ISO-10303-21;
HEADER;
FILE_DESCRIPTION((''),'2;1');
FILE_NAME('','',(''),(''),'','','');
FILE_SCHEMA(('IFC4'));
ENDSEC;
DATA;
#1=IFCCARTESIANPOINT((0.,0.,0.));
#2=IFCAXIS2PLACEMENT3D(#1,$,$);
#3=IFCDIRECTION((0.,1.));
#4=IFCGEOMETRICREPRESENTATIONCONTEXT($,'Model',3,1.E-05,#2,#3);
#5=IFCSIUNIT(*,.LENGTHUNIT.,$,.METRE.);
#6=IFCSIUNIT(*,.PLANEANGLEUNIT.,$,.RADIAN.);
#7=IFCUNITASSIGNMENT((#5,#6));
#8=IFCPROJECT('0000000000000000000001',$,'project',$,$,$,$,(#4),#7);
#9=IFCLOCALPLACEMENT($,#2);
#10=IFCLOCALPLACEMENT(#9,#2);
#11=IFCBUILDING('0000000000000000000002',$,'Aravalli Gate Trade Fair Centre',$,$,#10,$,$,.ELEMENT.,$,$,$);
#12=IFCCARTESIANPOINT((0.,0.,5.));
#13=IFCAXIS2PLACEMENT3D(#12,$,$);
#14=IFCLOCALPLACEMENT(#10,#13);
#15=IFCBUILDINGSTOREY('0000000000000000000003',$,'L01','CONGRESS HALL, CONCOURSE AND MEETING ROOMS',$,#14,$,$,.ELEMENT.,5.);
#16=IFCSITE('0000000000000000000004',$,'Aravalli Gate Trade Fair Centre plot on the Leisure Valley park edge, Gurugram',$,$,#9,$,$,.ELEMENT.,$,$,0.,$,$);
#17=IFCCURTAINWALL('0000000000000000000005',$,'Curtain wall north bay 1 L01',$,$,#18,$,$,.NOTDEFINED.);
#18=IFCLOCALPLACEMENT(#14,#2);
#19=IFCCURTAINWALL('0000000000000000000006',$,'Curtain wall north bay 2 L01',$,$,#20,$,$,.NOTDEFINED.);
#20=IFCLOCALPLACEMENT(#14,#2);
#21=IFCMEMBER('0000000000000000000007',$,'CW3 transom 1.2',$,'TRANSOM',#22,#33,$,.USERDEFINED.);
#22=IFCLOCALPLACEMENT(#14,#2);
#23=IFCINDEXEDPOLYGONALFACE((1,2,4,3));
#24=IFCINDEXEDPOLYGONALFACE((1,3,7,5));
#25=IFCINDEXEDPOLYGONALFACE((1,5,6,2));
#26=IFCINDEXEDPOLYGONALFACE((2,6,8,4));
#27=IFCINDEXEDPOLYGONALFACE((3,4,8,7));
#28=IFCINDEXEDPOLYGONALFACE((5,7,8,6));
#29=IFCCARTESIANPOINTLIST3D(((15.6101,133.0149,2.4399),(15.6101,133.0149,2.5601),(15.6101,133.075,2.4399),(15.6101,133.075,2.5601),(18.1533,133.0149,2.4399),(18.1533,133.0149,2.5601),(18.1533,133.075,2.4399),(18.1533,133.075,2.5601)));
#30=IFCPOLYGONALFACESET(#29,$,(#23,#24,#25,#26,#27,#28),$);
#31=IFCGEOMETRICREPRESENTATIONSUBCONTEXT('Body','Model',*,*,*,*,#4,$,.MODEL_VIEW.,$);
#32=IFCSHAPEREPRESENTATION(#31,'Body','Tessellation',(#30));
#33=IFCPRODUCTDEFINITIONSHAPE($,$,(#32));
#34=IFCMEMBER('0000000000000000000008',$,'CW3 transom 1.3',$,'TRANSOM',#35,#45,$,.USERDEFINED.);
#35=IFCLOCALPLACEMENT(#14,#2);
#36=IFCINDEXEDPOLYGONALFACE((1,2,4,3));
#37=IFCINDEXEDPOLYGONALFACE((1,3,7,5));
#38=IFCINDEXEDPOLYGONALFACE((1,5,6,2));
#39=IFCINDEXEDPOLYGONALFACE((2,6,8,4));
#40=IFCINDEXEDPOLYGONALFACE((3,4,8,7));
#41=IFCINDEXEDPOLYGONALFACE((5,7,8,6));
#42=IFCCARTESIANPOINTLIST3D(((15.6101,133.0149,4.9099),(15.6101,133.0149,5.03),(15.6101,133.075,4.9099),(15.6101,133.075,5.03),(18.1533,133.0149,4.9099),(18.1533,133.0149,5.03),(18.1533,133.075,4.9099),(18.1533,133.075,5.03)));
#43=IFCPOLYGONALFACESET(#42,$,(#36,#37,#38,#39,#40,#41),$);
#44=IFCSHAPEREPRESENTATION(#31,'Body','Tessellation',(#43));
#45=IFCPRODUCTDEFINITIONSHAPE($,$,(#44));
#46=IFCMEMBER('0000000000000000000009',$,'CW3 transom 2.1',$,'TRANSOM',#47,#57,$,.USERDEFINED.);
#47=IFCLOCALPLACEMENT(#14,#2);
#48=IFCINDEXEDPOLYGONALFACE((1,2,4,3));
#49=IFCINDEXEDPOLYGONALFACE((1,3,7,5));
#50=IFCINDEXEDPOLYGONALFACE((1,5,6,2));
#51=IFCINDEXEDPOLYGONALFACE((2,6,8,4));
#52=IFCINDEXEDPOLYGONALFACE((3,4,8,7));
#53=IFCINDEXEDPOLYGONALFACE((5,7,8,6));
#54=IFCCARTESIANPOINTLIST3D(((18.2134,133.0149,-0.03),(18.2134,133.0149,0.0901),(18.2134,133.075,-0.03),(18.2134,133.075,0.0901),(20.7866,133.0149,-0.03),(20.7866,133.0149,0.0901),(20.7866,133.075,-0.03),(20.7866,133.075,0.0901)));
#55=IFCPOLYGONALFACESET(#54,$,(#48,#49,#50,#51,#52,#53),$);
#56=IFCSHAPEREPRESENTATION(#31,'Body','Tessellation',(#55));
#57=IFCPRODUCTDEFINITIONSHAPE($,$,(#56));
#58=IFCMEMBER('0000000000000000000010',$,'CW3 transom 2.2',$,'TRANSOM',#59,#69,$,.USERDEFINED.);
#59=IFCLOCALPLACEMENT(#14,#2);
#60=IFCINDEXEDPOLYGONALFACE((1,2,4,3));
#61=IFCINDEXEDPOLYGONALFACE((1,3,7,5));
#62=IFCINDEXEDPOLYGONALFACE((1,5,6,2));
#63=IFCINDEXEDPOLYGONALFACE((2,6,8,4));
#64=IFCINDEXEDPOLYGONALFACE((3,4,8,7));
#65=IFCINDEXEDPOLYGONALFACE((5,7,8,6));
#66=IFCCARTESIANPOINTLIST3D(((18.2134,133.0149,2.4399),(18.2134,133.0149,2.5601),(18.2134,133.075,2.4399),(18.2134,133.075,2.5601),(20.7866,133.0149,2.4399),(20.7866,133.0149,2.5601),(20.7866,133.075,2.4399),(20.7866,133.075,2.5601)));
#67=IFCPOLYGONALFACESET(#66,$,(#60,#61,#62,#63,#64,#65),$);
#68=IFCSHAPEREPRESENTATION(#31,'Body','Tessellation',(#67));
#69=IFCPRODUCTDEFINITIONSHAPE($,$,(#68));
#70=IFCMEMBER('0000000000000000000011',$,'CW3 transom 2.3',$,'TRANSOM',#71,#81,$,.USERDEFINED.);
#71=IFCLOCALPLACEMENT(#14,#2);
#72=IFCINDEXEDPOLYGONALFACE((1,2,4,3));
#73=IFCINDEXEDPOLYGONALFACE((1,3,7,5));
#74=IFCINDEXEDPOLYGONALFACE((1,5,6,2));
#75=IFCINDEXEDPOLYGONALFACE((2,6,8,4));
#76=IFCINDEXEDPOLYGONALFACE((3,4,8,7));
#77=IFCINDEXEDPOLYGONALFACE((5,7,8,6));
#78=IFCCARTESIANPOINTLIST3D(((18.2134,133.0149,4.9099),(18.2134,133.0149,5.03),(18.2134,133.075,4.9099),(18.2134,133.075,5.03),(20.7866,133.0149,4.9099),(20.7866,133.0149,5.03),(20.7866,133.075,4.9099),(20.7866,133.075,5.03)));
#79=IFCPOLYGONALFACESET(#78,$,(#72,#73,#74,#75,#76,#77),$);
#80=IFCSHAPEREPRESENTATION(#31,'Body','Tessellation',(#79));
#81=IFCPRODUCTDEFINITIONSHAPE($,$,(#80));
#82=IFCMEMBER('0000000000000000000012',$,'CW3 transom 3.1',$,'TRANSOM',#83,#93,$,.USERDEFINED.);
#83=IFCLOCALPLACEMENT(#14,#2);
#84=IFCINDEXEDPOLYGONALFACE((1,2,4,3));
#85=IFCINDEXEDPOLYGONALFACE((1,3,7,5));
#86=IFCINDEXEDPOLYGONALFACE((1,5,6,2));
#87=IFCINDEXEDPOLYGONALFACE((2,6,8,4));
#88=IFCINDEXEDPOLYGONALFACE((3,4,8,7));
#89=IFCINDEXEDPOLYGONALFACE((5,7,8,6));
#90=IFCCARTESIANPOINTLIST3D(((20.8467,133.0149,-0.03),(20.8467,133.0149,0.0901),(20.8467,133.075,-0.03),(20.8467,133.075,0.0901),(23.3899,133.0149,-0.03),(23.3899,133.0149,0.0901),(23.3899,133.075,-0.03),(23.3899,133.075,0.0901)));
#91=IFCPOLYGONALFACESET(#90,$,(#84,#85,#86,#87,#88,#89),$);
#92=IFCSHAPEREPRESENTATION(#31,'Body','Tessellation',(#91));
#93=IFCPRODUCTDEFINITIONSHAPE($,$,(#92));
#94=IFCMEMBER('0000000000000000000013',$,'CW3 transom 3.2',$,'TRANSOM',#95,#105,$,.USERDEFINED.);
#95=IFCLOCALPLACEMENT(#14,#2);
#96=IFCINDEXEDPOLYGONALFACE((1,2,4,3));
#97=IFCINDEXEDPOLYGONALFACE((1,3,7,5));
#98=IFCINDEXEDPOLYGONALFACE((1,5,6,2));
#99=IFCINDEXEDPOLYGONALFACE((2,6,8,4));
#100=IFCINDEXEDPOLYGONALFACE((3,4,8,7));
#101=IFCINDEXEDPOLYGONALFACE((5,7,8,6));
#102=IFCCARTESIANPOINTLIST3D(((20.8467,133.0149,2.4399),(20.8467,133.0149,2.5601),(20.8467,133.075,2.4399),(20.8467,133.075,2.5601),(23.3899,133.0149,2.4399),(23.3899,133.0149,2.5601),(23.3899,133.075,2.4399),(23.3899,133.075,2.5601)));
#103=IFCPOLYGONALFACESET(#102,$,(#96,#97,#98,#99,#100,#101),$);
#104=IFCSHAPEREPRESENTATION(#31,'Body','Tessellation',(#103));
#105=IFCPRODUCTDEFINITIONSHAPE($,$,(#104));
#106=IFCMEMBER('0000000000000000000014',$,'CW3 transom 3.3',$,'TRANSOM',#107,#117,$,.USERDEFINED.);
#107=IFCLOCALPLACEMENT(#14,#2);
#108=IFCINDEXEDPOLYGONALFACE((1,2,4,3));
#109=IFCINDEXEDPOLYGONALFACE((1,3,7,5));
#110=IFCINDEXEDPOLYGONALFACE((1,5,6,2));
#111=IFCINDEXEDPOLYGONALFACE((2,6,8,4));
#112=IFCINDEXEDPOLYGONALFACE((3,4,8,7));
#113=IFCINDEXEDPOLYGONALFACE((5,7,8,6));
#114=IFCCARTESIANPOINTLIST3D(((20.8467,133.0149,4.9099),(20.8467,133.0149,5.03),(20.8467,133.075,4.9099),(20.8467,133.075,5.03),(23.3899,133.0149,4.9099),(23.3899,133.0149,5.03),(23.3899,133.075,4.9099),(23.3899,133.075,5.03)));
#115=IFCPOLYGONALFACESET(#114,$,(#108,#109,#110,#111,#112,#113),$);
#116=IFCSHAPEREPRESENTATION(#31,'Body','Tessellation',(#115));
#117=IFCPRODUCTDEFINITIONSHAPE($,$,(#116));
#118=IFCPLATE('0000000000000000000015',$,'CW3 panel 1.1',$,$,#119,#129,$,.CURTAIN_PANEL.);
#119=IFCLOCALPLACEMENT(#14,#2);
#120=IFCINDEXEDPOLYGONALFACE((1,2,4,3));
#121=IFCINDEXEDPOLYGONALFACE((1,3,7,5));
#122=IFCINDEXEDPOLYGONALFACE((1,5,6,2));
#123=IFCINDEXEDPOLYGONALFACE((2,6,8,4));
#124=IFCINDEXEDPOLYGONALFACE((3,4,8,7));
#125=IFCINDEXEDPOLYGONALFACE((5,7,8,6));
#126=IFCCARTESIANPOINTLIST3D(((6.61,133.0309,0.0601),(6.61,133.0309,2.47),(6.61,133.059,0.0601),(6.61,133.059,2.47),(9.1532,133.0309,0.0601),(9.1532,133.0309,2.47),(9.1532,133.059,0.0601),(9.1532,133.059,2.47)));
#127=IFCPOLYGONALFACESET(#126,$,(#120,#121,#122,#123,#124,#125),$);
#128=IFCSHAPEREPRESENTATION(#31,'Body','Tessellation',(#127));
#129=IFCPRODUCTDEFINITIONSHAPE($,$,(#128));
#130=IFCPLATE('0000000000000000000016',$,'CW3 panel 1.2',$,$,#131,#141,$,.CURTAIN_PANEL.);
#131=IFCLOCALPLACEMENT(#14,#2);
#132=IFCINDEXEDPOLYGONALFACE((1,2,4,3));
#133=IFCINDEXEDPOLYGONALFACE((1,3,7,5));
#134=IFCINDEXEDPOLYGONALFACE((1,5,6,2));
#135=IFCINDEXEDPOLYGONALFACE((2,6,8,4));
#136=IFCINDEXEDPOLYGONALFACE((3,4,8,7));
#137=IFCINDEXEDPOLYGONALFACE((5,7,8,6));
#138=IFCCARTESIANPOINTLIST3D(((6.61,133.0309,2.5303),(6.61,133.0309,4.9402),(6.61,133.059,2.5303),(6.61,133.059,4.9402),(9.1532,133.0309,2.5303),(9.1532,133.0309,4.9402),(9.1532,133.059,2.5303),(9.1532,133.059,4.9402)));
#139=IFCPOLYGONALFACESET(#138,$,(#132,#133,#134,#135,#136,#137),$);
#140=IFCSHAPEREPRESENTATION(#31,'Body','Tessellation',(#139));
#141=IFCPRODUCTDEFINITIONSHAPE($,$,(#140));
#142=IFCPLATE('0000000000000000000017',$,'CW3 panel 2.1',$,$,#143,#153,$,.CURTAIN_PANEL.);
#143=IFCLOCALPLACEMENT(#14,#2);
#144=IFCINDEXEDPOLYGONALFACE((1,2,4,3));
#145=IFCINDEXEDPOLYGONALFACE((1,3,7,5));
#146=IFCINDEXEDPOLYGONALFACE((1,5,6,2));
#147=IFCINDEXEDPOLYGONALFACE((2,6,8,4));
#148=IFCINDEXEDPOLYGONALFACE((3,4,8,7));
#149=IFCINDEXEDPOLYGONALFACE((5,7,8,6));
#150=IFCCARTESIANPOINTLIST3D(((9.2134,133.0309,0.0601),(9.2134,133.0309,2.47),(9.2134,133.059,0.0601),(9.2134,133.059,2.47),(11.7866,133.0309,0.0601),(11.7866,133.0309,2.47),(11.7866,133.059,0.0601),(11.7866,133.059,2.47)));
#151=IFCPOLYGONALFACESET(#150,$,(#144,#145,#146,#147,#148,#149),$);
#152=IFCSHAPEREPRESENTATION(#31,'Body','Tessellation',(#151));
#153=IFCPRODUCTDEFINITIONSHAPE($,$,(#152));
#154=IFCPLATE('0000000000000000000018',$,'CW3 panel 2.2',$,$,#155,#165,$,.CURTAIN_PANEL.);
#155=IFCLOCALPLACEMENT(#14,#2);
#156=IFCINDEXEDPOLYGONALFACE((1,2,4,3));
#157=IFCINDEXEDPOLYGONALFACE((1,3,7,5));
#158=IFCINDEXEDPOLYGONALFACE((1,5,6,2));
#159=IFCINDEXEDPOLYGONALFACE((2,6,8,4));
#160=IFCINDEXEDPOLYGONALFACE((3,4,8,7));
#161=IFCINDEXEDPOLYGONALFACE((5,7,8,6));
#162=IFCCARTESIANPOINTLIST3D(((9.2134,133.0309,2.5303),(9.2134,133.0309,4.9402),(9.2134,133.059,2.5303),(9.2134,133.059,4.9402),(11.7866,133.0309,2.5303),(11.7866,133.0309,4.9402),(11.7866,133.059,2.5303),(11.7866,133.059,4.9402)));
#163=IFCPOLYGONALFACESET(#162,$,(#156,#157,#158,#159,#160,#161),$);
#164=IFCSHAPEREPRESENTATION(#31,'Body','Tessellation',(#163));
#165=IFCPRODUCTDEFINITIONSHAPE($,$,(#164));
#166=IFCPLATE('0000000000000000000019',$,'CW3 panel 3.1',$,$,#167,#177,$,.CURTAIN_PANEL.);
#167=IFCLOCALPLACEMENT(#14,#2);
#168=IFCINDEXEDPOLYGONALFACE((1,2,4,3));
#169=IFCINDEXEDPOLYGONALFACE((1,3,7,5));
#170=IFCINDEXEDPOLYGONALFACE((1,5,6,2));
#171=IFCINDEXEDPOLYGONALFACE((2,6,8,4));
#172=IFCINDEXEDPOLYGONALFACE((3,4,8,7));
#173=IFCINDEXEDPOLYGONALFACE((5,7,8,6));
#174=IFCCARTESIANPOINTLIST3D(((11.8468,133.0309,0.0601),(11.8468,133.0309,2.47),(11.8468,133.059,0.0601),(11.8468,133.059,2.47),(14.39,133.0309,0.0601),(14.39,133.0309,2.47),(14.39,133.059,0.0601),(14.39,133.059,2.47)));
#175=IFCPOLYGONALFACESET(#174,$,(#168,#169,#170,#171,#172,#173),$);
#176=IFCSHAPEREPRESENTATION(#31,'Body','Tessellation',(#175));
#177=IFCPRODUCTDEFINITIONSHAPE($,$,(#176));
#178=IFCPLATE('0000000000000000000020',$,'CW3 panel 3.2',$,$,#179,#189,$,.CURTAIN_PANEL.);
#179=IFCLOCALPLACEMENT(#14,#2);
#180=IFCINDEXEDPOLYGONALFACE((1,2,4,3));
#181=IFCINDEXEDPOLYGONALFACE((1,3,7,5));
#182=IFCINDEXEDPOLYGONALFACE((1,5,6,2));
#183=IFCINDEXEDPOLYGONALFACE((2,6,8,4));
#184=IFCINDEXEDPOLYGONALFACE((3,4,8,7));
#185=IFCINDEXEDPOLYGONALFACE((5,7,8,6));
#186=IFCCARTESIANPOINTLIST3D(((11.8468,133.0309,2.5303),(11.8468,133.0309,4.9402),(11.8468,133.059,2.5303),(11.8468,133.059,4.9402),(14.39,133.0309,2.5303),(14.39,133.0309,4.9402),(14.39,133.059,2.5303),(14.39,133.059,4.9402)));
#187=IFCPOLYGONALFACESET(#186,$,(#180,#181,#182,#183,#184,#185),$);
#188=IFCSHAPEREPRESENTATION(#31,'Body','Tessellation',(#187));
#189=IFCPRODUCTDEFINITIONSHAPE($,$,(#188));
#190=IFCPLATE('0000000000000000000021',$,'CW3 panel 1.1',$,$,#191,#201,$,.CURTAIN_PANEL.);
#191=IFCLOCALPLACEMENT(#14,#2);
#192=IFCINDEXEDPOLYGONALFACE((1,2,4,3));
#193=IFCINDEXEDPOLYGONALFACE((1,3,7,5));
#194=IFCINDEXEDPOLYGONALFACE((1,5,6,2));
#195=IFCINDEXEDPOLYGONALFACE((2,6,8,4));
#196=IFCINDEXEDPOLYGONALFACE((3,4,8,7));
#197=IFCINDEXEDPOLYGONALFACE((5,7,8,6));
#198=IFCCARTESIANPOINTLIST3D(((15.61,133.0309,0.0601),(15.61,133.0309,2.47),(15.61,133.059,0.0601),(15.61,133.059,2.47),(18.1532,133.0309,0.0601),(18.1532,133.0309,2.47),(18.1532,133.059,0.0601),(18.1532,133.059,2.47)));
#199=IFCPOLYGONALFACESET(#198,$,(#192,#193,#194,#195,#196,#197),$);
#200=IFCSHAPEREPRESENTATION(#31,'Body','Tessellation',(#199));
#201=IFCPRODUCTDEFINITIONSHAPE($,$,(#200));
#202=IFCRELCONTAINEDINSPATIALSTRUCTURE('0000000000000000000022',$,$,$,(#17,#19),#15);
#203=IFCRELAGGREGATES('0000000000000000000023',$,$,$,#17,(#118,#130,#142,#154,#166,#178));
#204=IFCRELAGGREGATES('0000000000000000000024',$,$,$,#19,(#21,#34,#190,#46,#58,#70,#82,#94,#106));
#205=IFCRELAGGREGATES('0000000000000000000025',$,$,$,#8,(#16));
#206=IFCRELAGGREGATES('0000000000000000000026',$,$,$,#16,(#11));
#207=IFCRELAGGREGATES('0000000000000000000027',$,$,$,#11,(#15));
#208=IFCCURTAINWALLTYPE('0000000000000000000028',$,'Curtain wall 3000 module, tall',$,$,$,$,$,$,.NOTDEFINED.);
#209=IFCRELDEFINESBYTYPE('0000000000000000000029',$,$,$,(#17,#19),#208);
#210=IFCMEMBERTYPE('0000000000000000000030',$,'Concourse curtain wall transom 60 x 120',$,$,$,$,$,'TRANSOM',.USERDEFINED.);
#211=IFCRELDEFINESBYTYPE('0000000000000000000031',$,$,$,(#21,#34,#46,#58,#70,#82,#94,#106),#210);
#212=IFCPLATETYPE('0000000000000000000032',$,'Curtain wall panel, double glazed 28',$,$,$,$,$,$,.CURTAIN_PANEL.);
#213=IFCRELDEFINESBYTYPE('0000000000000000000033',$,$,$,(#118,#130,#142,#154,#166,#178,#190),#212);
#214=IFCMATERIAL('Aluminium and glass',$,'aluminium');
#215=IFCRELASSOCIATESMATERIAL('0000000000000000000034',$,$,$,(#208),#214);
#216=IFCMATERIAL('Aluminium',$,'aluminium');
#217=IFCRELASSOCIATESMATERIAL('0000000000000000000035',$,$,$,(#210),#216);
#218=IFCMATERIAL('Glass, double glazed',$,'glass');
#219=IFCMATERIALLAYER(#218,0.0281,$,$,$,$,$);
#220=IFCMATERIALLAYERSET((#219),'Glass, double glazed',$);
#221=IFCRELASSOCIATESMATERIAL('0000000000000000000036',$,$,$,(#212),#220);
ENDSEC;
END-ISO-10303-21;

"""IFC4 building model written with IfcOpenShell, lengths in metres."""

from ifc_helpers import new_model, si_unit, direction, frame, origin, origin_2d, place, context, subcontext, project, spatial, rectangle, extrude, material, layer, layer_set, material_profile, profile_set, type_object, element, aggregate, save


model = new_model("IFC4")

# Units and contexts
model_context = context("Model", 3, precision=1e-05, world=origin(), true_north=direction((0.0, 1.0)))
body_context = subcontext(model_context, "Body", "Model", "MODEL_VIEW")
ifc_project = project(units=[si_unit("LENGTHUNIT", "METRE"), si_unit("PLANEANGLEUNIT", "RADIAN")], contexts=[model_context])

# Site, building, storey
site_placement = place(None, origin())
site = spatial("IfcSite", under=ifc_project, at=site_placement, Name="Aravalli Gate Trade Fair Centre plot on the Leisure Valley park edge, Gurugram", CompositionType="ELEMENT", RefElevation=0.0)
building_placement = place(site_placement, origin())
building = spatial("IfcBuilding", under=site, at=building_placement, Name="Aravalli Gate Trade Fair Centre", CompositionType="ELEMENT")
storey_placement = place(building_placement, frame((0.0, 0.0, 5.0)))
storey = spatial("IfcBuildingStorey", under=building, at=storey_placement, Name="L01", Description="CONGRESS HALL, CONCOURSE AND MEETING ROOMS", CompositionType="ELEMENT", Elevation=5.0)

# Curtain walls
ifc_material_1 = material(Name="Aluminium and glass", Category="aluminium")
curtain_wall_type = type_object("IfcCurtainWallType", Name="Curtain wall 3000 module, tall", PredefinedType="NOTDEFINED", material=ifc_material_1)
curtain_wall_1_placement = place(storey_placement, origin())
curtain_wall_1 = element("IfcCurtainWall", 1, at=curtain_wall_1_placement, inside=storey, type_object=curtain_wall_type, Name="Curtain wall north bay 1 L01", PredefinedType="NOTDEFINED")
ifc_material_2 = material(Name="Aluminium", Category="aluminium")
curtain_wall_2_placement = place(storey_placement, origin())
curtain_wall_2 = element("IfcCurtainWall", 2, at=curtain_wall_2_placement, inside=storey, type_object=curtain_wall_type, Name="Curtain wall north bay 2 L01", PredefinedType="NOTDEFINED")

# Members
ifc_material_profile_1 = material_profile(ifc_material_2, rectangle(XDim=0.0601, YDim=0.1201, at=origin_2d()), Name="Concourse curtain wall transom 60 x 120")
ifc_profile_set_1 = profile_set([ifc_material_profile_1], Name="Aluminium")
member_type_1 = type_object("IfcMemberType", Name="Concourse curtain wall transom 60 x 120", ElementType="TRANSOM", PredefinedType="USERDEFINED", material=ifc_profile_set_1)
member_1_placement = place(storey_placement, frame((15.6101, 133.0449, 2.5), z_axis=(1.0, 0.0, 0.0), x_axis=(0.0, 1.0, 0.0)))
member_1 = element("IfcMember", 3, at=member_1_placement, type_object=member_type_1, Name="CW3 transom 1.2", ObjectType="TRANSOM", PredefinedType="USERDEFINED", context=body_context, shape_type="SweptSolid", body=[
    extrude(rectangle(XDim=0.0601, YDim=0.1201, at=origin_2d()), origin(), (0.0, 0.0, 1.0), 2.5432),
])
member_2_placement = place(storey_placement, frame((15.6101, 133.0449, 4.97), z_axis=(1.0, 0.0, 0.0), x_axis=(0.0, 1.0, 0.0)))
member_2 = element("IfcMember", 4, at=member_2_placement, type_object=member_type_1, Name="CW3 transom 1.3", ObjectType="TRANSOM", PredefinedType="USERDEFINED", context=body_context, shape_type="SweptSolid", body=[
    extrude(rectangle(XDim=0.0601, YDim=0.1201, at=origin_2d()), origin(), (0.0, 0.0, 1.0), 2.5432),
])
member_3_placement = place(storey_placement, frame((18.2134, 133.0449, 0.03), z_axis=(1.0, 0.0, 0.0), x_axis=(0.0, 1.0, 0.0)))
member_3 = element("IfcMember", 5, at=member_3_placement, type_object=member_type_1, Name="CW3 transom 2.1", ObjectType="TRANSOM", PredefinedType="USERDEFINED", context=body_context, shape_type="SweptSolid", body=[
    extrude(rectangle(XDim=0.0601, YDim=0.1201, at=origin_2d()), origin(), (0.0, 0.0, 1.0), 2.5732),
])
member_4_placement = place(storey_placement, frame((18.2134, 133.0449, 2.5), z_axis=(1.0, 0.0, 0.0), x_axis=(0.0, 1.0, 0.0)))
member_4 = element("IfcMember", 6, at=member_4_placement, type_object=member_type_1, Name="CW3 transom 2.2", ObjectType="TRANSOM", PredefinedType="USERDEFINED", context=body_context, shape_type="SweptSolid", body=[
    extrude(rectangle(XDim=0.0601, YDim=0.1201, at=origin_2d()), origin(), (0.0, 0.0, 1.0), 2.5732),
])
member_5_placement = place(storey_placement, frame((18.2134, 133.0449, 4.97), z_axis=(1.0, 0.0, 0.0), x_axis=(0.0, 1.0, 0.0)))
member_5 = element("IfcMember", 7, at=member_5_placement, type_object=member_type_1, Name="CW3 transom 2.3", ObjectType="TRANSOM", PredefinedType="USERDEFINED", context=body_context, shape_type="SweptSolid", body=[
    extrude(rectangle(XDim=0.0601, YDim=0.1201, at=origin_2d()), origin(), (0.0, 0.0, 1.0), 2.5732),
])
member_6_placement = place(storey_placement, frame((20.8467, 133.0449, 0.03), z_axis=(1.0, 0.0, 0.0), x_axis=(0.0, 1.0, 0.0)))
member_6 = element("IfcMember", 8, at=member_6_placement, type_object=member_type_1, Name="CW3 transom 3.1", ObjectType="TRANSOM", PredefinedType="USERDEFINED", context=body_context, shape_type="SweptSolid", body=[
    extrude(rectangle(XDim=0.0601, YDim=0.1201, at=origin_2d()), origin(), (0.0, 0.0, 1.0), 2.5432),
])
member_7_placement = place(storey_placement, frame((20.8467, 133.0449, 2.5), z_axis=(1.0, 0.0, 0.0), x_axis=(0.0, 1.0, 0.0)))
member_7 = element("IfcMember", 9, at=member_7_placement, type_object=member_type_1, Name="CW3 transom 3.2", ObjectType="TRANSOM", PredefinedType="USERDEFINED", context=body_context, shape_type="SweptSolid", body=[
    extrude(rectangle(XDim=0.0601, YDim=0.1201, at=origin_2d()), origin(), (0.0, 0.0, 1.0), 2.5432),
])
member_8_placement = place(storey_placement, frame((20.8467, 133.0449, 4.97), z_axis=(1.0, 0.0, 0.0), x_axis=(0.0, 1.0, 0.0)))
member_8 = element("IfcMember", 10, at=member_8_placement, type_object=member_type_1, Name="CW3 transom 3.3", ObjectType="TRANSOM", PredefinedType="USERDEFINED", context=body_context, shape_type="SweptSolid", body=[
    extrude(rectangle(XDim=0.0601, YDim=0.1201, at=origin_2d()), origin(), (0.0, 0.0, 1.0), 2.5432),
])

# Plates
ifc_material_3 = material(Name="Glass, double glazed", Category="glass")
ifc_layer_1 = layer(ifc_material_3, 0.0281)
ifc_layer_set_1 = layer_set([ifc_layer_1], Name="Glass, double glazed")
plate_type = type_object("IfcPlateType", Name="Curtain wall panel, double glazed 28", PredefinedType="CURTAIN_PANEL", material=ifc_layer_set_1)
plate_1_placement = place(storey_placement, frame((7.8816, 133.0449, 0.0601), z_axis=(0.0, 0.0, 1.0), x_axis=(1.0, 0.0, 0.0)))
plate_1 = element("IfcPlate", 11, at=plate_1_placement, type_object=plate_type, Name="CW3 panel 1.1", PredefinedType="CURTAIN_PANEL", context=body_context, shape_type="SweptSolid", body=[
    extrude(rectangle(XDim=2.5432, YDim=0.0281, at=origin_2d()), origin(), (0.0, 0.0, 1.0), 2.4099),
])
plate_2_placement = place(storey_placement, frame((7.8816, 133.0449, 2.5303), z_axis=(0.0, 0.0, 1.0), x_axis=(1.0, 0.0, 0.0)))
plate_2 = element("IfcPlate", 12, at=plate_2_placement, type_object=plate_type, Name="CW3 panel 1.2", PredefinedType="CURTAIN_PANEL", context=body_context, shape_type="SweptSolid", body=[
    extrude(rectangle(XDim=2.5432, YDim=0.0281, at=origin_2d()), origin(), (0.0, 0.0, 1.0), 2.4099),
])
plate_3_placement = place(storey_placement, frame((10.5, 133.0449, 0.0601), z_axis=(0.0, 0.0, 1.0), x_axis=(1.0, 0.0, 0.0)))
plate_3 = element("IfcPlate", 13, at=plate_3_placement, type_object=plate_type, Name="CW3 panel 2.1", PredefinedType="CURTAIN_PANEL", context=body_context, shape_type="SweptSolid", body=[
    extrude(rectangle(XDim=2.5732, YDim=0.0281, at=origin_2d()), origin(), (0.0, 0.0, 1.0), 2.4099),
])
plate_4_placement = place(storey_placement, frame((10.5, 133.0449, 2.5303), z_axis=(0.0, 0.0, 1.0), x_axis=(1.0, 0.0, 0.0)))
plate_4 = element("IfcPlate", 14, at=plate_4_placement, type_object=plate_type, Name="CW3 panel 2.2", PredefinedType="CURTAIN_PANEL", context=body_context, shape_type="SweptSolid", body=[
    extrude(rectangle(XDim=2.5732, YDim=0.0281, at=origin_2d()), origin(), (0.0, 0.0, 1.0), 2.4099),
])
plate_5_placement = place(storey_placement, frame((13.1184, 133.0449, 0.0601), z_axis=(0.0, 0.0, 1.0), x_axis=(1.0, 0.0, 0.0)))
plate_5 = element("IfcPlate", 15, at=plate_5_placement, type_object=plate_type, Name="CW3 panel 3.1", PredefinedType="CURTAIN_PANEL", context=body_context, shape_type="SweptSolid", body=[
    extrude(rectangle(XDim=2.5432, YDim=0.0281, at=origin_2d()), origin(), (0.0, 0.0, 1.0), 2.4099),
])
plate_6_placement = place(storey_placement, frame((13.1184, 133.0449, 2.5303), z_axis=(0.0, 0.0, 1.0), x_axis=(1.0, 0.0, 0.0)))
plate_6 = element("IfcPlate", 16, at=plate_6_placement, type_object=plate_type, Name="CW3 panel 3.2", PredefinedType="CURTAIN_PANEL", context=body_context, shape_type="SweptSolid", body=[
    extrude(rectangle(XDim=2.5432, YDim=0.0281, at=origin_2d()), origin(), (0.0, 0.0, 1.0), 2.4099),
])
aggregate(curtain_wall_1, [plate_1, plate_2, plate_3, plate_4, plate_5, plate_6])
plate_7_placement = place(storey_placement, frame((16.8816, 133.0449, 0.0601), z_axis=(0.0, 0.0, 1.0), x_axis=(1.0, 0.0, 0.0)))
plate_7 = element("IfcPlate", 17, at=plate_7_placement, type_object=plate_type, Name="CW3 panel 1.1", PredefinedType="CURTAIN_PANEL", context=body_context, shape_type="SweptSolid", body=[
    extrude(rectangle(XDim=2.5432, YDim=0.0281, at=origin_2d()), origin(), (0.0, 0.0, 1.0), 2.4099),
])
aggregate(curtain_wall_2, [member_1, member_2, plate_7, member_3, member_4, member_5, member_6, member_7, member_8])

save(model, "model.ifc")
